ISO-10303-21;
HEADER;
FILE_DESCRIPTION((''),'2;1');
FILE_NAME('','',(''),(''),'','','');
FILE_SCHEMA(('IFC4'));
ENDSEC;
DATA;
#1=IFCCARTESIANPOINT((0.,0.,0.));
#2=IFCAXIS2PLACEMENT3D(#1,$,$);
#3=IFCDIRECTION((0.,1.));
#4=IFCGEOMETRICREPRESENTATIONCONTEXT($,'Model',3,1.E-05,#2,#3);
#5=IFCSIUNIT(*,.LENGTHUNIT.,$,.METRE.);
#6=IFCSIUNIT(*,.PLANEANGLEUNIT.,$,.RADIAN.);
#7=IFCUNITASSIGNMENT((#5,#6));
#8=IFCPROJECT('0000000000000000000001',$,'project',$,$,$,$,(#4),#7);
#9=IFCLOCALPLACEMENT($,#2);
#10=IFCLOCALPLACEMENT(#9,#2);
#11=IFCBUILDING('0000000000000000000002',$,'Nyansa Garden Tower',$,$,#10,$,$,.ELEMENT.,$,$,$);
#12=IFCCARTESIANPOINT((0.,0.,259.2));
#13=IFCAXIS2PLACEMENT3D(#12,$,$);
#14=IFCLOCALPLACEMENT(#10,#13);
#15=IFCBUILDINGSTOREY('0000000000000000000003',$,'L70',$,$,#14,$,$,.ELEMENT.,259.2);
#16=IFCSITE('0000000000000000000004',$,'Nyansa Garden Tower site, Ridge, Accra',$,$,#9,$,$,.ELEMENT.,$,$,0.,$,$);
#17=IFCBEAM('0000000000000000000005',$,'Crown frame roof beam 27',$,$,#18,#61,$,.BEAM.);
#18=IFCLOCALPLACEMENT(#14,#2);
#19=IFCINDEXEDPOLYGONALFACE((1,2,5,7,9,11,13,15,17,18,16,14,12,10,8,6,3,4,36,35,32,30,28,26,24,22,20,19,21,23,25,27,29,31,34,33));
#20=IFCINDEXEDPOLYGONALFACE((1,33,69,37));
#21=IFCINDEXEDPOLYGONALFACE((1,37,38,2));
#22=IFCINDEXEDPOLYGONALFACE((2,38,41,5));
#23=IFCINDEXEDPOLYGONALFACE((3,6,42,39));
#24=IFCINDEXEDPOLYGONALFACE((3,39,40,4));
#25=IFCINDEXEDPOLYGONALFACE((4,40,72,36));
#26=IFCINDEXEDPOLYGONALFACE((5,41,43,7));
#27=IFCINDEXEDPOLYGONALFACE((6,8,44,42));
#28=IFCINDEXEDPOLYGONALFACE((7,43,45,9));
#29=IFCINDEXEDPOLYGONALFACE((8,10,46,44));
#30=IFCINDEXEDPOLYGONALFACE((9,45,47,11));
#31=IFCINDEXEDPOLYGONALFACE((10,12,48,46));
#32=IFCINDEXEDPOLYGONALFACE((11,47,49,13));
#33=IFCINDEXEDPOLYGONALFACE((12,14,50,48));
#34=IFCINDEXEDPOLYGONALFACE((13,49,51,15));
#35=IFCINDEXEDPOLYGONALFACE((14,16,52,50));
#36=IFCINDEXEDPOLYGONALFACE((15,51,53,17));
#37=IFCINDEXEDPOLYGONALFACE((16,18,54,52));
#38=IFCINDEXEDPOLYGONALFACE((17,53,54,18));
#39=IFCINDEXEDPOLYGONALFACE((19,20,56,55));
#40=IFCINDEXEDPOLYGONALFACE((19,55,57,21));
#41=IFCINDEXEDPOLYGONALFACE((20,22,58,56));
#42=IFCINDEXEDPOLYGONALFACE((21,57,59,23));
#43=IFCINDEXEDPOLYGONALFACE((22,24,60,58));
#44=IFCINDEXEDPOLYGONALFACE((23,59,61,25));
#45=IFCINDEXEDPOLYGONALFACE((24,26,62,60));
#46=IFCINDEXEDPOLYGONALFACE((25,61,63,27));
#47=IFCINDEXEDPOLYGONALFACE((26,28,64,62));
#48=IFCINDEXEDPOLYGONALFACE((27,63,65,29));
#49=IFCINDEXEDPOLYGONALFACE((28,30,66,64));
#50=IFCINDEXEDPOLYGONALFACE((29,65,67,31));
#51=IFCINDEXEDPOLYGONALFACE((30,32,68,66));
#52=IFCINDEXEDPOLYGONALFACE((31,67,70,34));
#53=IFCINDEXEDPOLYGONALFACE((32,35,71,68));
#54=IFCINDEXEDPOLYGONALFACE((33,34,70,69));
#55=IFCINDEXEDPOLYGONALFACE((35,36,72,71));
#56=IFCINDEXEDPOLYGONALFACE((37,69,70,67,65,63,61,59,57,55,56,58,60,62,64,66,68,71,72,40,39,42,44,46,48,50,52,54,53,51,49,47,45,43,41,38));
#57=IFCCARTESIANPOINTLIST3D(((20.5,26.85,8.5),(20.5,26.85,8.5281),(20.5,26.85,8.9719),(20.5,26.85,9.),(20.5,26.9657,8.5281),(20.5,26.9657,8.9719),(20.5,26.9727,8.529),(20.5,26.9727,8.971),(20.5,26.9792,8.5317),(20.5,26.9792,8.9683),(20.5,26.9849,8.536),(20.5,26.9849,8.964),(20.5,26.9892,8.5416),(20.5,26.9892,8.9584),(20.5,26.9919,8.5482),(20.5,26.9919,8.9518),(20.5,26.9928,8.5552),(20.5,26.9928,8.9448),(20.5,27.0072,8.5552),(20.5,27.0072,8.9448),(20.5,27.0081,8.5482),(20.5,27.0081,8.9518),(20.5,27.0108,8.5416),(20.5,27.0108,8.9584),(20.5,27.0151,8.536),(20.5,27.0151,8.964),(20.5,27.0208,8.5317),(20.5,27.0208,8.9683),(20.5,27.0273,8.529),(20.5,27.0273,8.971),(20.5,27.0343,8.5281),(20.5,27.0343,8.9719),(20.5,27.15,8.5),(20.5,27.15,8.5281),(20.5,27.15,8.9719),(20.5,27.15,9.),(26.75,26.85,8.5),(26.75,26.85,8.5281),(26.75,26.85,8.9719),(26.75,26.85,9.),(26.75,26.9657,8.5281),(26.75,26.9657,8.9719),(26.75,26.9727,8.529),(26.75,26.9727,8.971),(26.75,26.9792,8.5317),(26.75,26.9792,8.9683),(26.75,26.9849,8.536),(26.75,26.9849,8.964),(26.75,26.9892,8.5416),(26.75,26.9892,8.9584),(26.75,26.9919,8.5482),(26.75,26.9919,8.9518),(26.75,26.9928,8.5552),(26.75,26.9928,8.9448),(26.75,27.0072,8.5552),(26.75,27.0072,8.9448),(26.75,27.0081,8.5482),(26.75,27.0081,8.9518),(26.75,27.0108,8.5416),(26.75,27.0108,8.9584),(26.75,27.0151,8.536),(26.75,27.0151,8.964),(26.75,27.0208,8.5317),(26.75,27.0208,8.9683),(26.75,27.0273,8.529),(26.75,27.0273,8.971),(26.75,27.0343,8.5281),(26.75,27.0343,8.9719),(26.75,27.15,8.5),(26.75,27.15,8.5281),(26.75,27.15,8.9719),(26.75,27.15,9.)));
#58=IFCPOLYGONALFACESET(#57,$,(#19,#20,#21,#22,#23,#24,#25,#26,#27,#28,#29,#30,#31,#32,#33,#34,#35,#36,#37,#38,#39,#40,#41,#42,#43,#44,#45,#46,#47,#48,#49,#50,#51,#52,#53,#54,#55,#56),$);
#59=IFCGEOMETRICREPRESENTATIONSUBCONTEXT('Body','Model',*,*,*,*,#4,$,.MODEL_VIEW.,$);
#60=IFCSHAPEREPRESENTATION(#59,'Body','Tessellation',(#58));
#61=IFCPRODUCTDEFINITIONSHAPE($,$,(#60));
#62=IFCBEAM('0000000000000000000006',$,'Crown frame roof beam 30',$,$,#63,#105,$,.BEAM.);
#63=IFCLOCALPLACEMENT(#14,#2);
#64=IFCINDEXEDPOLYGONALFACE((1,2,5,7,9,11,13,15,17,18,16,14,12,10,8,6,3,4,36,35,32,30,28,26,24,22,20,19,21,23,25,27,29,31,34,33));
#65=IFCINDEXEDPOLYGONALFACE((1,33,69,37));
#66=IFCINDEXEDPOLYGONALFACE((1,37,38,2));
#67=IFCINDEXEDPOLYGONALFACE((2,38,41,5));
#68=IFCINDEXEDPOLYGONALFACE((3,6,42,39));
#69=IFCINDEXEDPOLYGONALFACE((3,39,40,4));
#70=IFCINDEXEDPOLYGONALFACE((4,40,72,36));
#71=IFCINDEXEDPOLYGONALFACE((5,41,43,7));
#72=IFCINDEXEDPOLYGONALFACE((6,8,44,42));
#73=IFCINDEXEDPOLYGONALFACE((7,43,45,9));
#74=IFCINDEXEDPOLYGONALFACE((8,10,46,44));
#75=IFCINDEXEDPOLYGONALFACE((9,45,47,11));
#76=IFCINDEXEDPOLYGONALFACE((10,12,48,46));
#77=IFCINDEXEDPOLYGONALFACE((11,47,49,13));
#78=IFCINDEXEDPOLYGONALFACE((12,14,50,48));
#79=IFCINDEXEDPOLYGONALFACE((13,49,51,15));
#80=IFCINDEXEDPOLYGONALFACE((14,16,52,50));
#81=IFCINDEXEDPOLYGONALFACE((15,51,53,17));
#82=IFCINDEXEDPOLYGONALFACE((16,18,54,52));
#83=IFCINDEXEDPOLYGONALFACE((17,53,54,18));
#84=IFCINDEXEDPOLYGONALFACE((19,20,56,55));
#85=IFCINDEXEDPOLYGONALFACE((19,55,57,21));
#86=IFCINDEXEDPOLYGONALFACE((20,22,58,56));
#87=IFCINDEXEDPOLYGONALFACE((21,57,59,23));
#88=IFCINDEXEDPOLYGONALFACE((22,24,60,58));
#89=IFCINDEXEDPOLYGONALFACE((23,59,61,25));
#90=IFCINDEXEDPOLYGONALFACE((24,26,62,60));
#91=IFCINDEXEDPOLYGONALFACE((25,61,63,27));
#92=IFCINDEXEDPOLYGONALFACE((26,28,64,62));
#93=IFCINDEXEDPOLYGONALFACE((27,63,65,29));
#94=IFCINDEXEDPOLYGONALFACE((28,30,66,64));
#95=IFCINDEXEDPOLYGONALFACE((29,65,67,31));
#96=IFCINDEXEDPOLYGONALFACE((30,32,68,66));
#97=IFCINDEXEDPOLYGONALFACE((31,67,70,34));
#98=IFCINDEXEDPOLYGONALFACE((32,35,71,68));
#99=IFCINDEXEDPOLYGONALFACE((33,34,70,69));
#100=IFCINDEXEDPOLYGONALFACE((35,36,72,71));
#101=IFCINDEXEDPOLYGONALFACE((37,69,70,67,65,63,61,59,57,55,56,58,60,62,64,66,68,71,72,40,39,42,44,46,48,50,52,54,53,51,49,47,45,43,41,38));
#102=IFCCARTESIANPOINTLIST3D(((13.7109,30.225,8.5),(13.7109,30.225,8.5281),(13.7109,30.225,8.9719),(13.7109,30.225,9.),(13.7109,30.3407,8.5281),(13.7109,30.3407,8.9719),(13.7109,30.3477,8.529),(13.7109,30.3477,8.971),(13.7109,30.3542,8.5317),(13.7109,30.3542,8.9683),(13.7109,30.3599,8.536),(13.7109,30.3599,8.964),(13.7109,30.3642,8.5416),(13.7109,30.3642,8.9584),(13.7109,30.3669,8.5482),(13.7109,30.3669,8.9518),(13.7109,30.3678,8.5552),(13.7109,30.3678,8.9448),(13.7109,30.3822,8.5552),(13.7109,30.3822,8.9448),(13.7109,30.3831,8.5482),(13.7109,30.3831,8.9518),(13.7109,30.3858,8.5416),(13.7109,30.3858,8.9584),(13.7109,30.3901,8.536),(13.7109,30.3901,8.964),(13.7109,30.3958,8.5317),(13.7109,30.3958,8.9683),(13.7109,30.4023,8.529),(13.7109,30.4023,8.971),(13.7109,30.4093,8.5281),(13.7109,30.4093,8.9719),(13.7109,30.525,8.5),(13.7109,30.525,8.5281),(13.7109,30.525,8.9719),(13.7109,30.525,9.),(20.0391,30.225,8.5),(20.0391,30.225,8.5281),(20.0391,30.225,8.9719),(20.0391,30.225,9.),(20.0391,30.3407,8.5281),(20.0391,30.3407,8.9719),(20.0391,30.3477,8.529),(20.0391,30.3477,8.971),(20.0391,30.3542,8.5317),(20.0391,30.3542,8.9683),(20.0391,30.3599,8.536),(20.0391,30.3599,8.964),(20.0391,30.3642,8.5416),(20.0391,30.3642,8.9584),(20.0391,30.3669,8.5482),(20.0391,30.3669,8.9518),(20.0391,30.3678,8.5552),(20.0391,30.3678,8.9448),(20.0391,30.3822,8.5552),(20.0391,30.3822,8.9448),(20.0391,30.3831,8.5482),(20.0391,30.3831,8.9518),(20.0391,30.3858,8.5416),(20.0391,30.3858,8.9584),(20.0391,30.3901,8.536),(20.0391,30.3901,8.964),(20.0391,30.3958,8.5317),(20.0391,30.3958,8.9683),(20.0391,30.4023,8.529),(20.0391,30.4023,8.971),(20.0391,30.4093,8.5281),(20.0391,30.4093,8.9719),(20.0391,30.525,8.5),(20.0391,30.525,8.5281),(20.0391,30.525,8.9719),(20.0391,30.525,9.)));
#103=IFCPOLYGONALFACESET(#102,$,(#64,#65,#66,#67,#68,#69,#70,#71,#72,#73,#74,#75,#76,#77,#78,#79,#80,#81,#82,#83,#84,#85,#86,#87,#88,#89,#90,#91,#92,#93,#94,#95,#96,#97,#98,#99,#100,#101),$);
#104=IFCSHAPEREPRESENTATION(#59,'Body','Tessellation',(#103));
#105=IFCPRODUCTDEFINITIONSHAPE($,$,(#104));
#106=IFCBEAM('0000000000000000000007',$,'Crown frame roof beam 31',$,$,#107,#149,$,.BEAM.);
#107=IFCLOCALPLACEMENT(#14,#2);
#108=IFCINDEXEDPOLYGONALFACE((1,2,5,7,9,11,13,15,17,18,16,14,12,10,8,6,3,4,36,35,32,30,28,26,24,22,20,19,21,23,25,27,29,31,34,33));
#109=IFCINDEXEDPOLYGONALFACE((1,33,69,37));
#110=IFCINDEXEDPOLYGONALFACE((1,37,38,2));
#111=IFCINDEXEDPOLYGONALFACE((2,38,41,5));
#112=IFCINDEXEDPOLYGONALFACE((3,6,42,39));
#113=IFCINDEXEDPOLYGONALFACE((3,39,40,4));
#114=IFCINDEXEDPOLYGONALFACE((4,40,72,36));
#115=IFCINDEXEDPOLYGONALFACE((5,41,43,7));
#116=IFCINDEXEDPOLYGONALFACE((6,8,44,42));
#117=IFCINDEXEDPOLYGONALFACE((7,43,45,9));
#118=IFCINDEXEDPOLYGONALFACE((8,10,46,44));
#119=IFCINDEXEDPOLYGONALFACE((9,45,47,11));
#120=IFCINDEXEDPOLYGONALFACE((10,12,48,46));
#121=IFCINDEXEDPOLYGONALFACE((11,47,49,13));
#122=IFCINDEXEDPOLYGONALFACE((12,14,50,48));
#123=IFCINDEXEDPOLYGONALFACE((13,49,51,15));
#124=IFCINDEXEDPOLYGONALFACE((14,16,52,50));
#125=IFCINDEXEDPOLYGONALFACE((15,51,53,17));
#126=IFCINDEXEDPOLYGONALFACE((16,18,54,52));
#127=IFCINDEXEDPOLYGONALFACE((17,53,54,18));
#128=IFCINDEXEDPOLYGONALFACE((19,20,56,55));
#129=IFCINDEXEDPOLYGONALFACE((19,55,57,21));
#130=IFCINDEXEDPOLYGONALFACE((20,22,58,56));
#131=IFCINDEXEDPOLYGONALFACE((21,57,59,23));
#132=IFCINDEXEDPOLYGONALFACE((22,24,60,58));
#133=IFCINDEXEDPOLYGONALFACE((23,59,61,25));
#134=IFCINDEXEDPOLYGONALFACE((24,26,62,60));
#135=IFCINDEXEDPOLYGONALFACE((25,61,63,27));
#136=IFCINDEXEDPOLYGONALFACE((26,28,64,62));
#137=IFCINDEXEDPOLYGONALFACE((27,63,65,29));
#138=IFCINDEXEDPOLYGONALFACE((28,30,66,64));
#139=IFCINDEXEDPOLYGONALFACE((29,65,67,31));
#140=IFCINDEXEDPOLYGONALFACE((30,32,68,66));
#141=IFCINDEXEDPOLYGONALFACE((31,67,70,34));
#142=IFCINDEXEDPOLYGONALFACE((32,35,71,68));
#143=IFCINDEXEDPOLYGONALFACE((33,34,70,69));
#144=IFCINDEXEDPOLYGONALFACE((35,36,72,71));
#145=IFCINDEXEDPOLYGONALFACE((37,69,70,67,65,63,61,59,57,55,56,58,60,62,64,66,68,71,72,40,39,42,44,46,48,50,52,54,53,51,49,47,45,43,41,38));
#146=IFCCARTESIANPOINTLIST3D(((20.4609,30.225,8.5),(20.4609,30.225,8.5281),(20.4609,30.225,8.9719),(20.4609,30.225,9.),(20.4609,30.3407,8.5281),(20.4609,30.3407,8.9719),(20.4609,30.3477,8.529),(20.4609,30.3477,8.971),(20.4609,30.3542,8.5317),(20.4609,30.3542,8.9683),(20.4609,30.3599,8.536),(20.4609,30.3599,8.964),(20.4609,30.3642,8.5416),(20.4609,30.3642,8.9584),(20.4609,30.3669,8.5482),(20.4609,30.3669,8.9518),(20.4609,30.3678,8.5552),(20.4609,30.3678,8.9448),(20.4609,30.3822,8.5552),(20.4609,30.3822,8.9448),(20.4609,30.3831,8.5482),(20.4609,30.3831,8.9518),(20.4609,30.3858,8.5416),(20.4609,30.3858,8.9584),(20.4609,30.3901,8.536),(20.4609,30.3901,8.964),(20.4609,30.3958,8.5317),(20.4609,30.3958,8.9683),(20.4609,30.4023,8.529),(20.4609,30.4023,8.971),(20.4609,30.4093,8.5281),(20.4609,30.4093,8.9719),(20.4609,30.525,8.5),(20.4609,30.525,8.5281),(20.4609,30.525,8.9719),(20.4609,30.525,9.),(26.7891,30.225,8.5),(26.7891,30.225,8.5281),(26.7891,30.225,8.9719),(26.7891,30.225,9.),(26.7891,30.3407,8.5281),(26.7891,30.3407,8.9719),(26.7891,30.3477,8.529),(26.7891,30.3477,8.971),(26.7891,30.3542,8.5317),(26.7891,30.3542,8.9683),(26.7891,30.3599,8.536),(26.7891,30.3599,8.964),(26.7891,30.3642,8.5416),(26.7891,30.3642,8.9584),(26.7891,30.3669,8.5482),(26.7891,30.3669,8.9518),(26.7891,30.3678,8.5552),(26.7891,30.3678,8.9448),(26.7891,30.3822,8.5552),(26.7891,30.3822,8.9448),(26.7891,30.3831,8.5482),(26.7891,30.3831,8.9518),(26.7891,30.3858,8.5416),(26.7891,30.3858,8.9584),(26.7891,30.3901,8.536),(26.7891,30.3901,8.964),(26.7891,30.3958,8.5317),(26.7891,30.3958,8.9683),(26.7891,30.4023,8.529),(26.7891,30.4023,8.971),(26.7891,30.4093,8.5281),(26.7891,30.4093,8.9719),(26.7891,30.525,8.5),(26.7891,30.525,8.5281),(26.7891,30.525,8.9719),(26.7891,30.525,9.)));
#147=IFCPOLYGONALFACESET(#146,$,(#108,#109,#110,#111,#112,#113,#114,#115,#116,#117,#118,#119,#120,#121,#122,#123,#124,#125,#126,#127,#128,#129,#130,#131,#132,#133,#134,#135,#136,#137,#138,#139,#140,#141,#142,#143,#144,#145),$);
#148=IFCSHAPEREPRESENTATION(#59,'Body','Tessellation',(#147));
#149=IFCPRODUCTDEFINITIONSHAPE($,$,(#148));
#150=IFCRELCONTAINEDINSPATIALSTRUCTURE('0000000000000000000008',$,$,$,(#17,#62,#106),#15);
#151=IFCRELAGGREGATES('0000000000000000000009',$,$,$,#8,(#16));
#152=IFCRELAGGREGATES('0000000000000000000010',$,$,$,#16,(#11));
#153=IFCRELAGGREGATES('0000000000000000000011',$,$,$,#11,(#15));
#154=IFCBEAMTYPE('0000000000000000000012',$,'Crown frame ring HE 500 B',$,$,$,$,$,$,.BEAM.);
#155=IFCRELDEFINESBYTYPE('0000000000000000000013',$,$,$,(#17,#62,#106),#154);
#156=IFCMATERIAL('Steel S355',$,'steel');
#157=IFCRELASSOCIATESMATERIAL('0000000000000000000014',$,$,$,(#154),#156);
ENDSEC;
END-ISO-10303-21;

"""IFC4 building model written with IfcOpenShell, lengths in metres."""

from ifc_helpers import new_model, si_unit, direction, frame, origin, origin_2d, place, context, subcontext, project, spatial, i_section, extrude, material, material_profile, profile_set, type_object, element, save


model = new_model("IFC4")

# Units and contexts
model_context = context("Model", 3, precision=1e-05, world=origin(), true_north=direction((0.0, 1.0)))
body_context = subcontext(model_context, "Body", "Model", "MODEL_VIEW")
ifc_project = project(units=[si_unit("LENGTHUNIT", "METRE"), si_unit("PLANEANGLEUNIT", "RADIAN")], contexts=[model_context])

# Site, building, storey
site_placement = place(None, origin())
site = spatial("IfcSite", under=ifc_project, at=site_placement, Name="Nyansa Garden Tower site, Ridge, Accra", CompositionType="ELEMENT", RefElevation=0.0)
building_placement = place(site_placement, origin())
building = spatial("IfcBuilding", under=site, at=building_placement, Name="Nyansa Garden Tower", CompositionType="ELEMENT")
storey_placement = place(building_placement, frame((0.0, 0.0, 259.2)))
storey = spatial("IfcBuildingStorey", under=building, at=storey_placement, Name="L70", CompositionType="ELEMENT", Elevation=259.2)

# Beams
ifc_material_1 = material(Name="Steel S355", Category="steel")
ifc_material_profile_1 = material_profile(ifc_material_1, i_section(OverallWidth=0.3, OverallDepth=0.5, WebThickness=0.0144, FlangeThickness=0.0281, FilletRadius=0.0271, at=origin_2d()), Name="HE 500 B")
ifc_profile_set_1 = profile_set([ifc_material_profile_1], Name="Steel S355")
beam_type_1 = type_object("IfcBeamType", Name="Crown frame ring HE 500 B", PredefinedType="BEAM", material=ifc_profile_set_1)
for number, where, z_axis, x_axis, name in (
    (1, (20.5, 27.0, 8.75), (1.0, 0.0, 0.0), (0.0, 1.0, 0.0), "Crown frame roof beam 27"),
):
    element("IfcBeam", number, at=place(storey_placement, frame(where, z_axis=z_axis, x_axis=x_axis)), inside=storey, type_object=beam_type_1, Name=name, PredefinedType="BEAM", context=body_context, shape_type="SweptSolid", body=[
        extrude(i_section(OverallWidth=0.3, OverallDepth=0.5, WebThickness=0.0144, FlangeThickness=0.0281, FilletRadius=0.0271, at=origin_2d()), origin(), (0.0, 0.0, 1.0), 6.25),
    ])
for number, where, z_axis, x_axis, name in (
    (2, (13.7109, 30.375, 8.75), (1.0, 0.0, 0.0), (0.0, 1.0, 0.0), "Crown frame roof beam 30"),
    (3, (20.4609, 30.375, 8.75), (1.0, 0.0, 0.0), (0.0, 1.0, 0.0), "Crown frame roof beam 31"),
):
    element("IfcBeam", number, at=place(storey_placement, frame(where, z_axis=z_axis, x_axis=x_axis)), inside=storey, type_object=beam_type_1, Name=name, PredefinedType="BEAM", context=body_context, shape_type="SweptSolid", body=[
        extrude(i_section(OverallWidth=0.3, OverallDepth=0.5, WebThickness=0.0144, FlangeThickness=0.0281, FilletRadius=0.0271, at=origin_2d()), origin(), (0.0, 0.0, 1.0), 6.3281),
    ])

save(model, "model.ifc")
